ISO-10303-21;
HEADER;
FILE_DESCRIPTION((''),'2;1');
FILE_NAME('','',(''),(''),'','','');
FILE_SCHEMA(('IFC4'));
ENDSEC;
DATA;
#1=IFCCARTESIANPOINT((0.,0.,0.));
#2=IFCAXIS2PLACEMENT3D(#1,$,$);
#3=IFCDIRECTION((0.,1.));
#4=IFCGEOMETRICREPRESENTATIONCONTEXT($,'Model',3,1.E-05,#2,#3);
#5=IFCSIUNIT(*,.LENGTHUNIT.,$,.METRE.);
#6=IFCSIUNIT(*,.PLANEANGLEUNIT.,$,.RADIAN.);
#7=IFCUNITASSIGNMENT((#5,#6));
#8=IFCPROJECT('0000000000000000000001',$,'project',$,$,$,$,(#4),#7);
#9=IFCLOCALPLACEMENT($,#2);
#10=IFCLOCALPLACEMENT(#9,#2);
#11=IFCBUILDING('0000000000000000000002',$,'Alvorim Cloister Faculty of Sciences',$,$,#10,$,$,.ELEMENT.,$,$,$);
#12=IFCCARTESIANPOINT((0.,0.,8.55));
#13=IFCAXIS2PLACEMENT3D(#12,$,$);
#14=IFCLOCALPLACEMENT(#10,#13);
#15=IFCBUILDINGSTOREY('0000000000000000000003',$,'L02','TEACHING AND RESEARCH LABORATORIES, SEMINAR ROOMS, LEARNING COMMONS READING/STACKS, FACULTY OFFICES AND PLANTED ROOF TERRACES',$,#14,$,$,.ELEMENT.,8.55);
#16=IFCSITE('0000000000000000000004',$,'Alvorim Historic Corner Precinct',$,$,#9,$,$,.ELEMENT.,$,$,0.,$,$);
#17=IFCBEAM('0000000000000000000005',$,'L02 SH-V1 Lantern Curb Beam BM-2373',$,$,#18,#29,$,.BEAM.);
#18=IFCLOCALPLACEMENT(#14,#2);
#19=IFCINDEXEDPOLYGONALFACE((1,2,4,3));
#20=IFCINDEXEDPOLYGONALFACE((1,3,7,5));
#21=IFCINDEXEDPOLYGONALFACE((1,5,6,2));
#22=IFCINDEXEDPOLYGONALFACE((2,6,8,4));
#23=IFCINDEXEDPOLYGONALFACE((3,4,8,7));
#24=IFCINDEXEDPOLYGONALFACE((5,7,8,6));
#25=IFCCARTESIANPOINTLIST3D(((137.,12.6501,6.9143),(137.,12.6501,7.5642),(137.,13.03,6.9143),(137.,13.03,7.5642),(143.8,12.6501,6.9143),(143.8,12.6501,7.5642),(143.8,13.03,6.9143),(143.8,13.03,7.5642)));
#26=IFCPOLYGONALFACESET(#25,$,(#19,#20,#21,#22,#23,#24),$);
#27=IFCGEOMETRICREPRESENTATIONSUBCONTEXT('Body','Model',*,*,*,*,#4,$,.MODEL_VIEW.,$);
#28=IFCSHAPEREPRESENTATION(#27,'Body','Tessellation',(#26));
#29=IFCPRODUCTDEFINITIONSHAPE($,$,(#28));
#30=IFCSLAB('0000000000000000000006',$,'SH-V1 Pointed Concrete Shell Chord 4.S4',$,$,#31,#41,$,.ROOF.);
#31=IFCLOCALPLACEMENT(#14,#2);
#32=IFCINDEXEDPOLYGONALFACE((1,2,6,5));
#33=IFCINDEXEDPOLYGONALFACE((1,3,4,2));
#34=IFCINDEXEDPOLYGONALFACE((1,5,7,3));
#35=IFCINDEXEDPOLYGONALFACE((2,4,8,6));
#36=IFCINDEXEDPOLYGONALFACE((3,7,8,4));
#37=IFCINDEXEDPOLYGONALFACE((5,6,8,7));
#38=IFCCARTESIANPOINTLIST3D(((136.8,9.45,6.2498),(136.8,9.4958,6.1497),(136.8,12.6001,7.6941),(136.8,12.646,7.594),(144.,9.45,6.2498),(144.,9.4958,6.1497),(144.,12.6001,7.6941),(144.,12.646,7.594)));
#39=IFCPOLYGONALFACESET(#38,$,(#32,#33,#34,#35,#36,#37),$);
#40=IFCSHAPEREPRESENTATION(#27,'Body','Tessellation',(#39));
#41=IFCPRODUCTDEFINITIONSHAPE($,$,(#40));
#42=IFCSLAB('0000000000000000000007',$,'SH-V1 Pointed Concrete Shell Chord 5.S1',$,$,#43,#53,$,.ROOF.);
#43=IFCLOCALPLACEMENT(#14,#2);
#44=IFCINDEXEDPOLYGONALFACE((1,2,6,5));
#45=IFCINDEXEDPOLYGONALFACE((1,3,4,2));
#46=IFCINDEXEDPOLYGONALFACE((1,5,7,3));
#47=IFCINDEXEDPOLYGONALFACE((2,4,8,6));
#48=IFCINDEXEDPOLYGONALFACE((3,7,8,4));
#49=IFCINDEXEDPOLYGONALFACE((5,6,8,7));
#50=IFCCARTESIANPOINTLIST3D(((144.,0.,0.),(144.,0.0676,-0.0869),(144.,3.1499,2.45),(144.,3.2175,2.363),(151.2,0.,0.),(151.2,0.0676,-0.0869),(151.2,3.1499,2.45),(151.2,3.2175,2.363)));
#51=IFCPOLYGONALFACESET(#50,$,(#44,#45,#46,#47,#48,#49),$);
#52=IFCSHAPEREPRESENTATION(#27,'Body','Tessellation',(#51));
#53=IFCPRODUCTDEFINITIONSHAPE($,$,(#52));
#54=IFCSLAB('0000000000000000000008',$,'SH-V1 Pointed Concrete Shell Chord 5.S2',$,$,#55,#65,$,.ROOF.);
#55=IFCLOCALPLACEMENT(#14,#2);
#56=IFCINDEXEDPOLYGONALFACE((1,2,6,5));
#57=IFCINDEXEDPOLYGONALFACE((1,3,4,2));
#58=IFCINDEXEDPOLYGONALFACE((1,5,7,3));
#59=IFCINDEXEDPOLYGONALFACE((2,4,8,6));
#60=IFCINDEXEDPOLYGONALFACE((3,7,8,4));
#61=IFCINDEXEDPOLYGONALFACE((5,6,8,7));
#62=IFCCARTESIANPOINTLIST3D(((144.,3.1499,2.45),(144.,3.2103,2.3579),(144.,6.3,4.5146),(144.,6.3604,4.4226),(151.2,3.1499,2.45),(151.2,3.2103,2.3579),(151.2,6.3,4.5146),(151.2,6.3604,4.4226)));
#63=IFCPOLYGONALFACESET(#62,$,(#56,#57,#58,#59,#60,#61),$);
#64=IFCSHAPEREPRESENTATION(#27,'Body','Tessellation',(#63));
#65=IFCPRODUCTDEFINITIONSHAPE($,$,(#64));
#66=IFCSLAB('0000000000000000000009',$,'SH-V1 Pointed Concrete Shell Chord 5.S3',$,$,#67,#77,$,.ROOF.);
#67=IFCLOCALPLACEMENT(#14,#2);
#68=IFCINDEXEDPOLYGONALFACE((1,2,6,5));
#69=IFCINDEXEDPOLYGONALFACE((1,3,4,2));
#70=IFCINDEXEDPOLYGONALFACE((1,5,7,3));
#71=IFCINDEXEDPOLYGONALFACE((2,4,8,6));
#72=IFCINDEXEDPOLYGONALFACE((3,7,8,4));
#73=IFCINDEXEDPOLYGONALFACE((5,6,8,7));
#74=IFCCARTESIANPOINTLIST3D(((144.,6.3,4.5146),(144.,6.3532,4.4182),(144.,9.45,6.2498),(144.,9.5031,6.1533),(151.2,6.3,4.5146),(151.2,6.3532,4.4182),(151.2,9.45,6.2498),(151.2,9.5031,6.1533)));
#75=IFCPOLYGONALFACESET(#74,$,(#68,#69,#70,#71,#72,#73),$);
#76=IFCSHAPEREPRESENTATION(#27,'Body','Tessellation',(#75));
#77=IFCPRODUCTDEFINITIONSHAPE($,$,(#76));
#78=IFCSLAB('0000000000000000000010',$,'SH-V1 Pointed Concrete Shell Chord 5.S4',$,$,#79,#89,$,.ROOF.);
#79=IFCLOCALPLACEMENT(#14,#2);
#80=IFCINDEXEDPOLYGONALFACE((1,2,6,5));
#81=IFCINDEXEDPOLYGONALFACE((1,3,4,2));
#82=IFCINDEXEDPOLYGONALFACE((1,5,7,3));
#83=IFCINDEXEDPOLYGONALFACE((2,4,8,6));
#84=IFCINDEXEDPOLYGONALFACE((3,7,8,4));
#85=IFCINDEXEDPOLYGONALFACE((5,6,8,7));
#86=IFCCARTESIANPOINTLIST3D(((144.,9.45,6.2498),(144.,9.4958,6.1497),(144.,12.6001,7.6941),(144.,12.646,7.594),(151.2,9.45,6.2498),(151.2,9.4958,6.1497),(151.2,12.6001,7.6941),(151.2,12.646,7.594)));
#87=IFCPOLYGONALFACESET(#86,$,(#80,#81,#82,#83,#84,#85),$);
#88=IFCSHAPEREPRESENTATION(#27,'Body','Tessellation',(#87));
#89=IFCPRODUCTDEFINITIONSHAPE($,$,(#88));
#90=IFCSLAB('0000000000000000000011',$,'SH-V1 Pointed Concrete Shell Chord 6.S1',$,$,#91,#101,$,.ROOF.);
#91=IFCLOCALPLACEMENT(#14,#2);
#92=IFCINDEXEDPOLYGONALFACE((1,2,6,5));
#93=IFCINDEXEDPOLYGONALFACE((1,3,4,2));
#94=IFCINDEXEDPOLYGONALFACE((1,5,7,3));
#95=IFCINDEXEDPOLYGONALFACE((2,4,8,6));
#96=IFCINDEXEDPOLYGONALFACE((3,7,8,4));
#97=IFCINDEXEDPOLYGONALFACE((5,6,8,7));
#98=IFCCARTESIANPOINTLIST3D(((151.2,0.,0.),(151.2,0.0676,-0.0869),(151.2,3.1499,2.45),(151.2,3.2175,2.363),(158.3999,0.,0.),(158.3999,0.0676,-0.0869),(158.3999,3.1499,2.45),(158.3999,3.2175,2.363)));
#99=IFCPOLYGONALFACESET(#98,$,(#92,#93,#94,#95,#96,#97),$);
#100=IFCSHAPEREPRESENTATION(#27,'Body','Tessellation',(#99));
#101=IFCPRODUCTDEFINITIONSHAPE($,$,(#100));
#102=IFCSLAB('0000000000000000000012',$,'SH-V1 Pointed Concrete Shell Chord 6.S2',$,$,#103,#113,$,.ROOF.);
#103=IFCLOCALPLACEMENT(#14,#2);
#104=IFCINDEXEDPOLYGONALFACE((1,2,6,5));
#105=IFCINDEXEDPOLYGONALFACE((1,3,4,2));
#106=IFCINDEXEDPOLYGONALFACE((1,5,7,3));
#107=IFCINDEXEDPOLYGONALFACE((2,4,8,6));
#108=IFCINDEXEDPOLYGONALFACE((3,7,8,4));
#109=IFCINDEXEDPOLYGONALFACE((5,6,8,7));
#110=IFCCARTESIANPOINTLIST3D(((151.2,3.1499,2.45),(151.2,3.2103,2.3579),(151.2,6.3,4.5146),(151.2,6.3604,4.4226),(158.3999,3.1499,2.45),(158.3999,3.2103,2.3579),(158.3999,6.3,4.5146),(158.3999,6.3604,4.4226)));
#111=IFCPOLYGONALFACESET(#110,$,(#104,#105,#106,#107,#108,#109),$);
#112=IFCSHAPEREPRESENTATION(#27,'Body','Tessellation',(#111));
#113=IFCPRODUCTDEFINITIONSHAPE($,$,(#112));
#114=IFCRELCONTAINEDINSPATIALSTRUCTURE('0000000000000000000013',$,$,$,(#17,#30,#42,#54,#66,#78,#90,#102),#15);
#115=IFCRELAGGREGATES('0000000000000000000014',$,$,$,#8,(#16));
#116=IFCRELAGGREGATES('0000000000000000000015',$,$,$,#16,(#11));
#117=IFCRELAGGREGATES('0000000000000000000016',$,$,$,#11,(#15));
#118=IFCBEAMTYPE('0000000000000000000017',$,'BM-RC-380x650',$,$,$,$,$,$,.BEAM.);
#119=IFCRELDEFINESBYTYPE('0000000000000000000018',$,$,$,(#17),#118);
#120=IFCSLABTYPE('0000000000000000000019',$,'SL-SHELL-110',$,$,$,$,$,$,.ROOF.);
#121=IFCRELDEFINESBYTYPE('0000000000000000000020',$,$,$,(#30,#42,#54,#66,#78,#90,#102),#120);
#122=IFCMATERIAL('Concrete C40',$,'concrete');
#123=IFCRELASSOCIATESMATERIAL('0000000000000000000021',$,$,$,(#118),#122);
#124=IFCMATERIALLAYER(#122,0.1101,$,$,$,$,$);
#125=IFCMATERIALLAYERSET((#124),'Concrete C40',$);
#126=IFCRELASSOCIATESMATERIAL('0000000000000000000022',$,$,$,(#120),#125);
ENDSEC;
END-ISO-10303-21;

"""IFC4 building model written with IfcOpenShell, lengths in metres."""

from ifc_helpers import new_model, si_unit, direction, frame, origin, origin_2d, place, context, subcontext, project, spatial, polyline, rectangle, outline, extrude, material, layer, layer_set, material_profile, profile_set, type_object, element, save


model = new_model("IFC4")

# Units and contexts
model_context = context("Model", 3, precision=1e-05, world=origin(), true_north=direction((0.0, 1.0)))
body_context = subcontext(model_context, "Body", "Model", "MODEL_VIEW")
ifc_project = project(units=[si_unit("LENGTHUNIT", "METRE"), si_unit("PLANEANGLEUNIT", "RADIAN")], contexts=[model_context])

# Site, building, storey
site_placement = place(None, origin())
site = spatial("IfcSite", under=ifc_project, at=site_placement, Name="Alvorim Historic Corner Precinct", CompositionType="ELEMENT", RefElevation=0.0)
building_placement = place(site_placement, origin())
building = spatial("IfcBuilding", under=site, at=building_placement, Name="Alvorim Cloister Faculty of Sciences", CompositionType="ELEMENT")
storey_placement = place(building_placement, frame((0.0, 0.0, 8.55)))
storey = spatial("IfcBuildingStorey", under=building, at=storey_placement, Name="L02", Description="TEACHING AND RESEARCH LABORATORIES, SEMINAR ROOMS, LEARNING COMMONS READING/STACKS, FACULTY OFFICES AND PLANTED ROOF TERRACES", CompositionType="ELEMENT", Elevation=8.55)

# Beam
ifc_material = material(Name="Concrete C40", Category="concrete")
ifc_material_profile_1 = material_profile(ifc_material, rectangle(XDim=0.3799, YDim=0.6499, at=origin_2d()), Name="RC40-BM-380x650")
ifc_profile_set_1 = profile_set([ifc_material_profile_1], Name="Concrete C40")
beam_type_1 = type_object("IfcBeamType", Name="BM-RC-380x650", PredefinedType="BEAM", material=ifc_profile_set_1)
for number, where, z_axis, x_axis, name in (
    (1, (137.0, 12.8401, 7.2393), (1.0, 0.0, 0.0), (0.0, 1.0, 0.0), "L02 SH-V1 Lantern Curb Beam BM-2373"),
):
    element("IfcBeam", number, at=place(storey_placement, frame(where, z_axis=z_axis, x_axis=x_axis)), inside=storey, type_object=beam_type_1, Name=name, PredefinedType="BEAM", context=body_context, shape_type="SweptSolid", body=[
        extrude(rectangle(XDim=0.3799, YDim=0.6499, at=origin_2d()), origin(), (0.0, 0.0, 1.0), 6.8),
    ])

# Slabs
ifc_layer = layer(ifc_material, 0.1101)
ifc_layer_set = layer_set([ifc_layer], Name="Concrete C40")
slab_type = type_object("IfcSlabType", Name="SL-SHELL-110", PredefinedType="ROOF", material=ifc_layer_set)
slab_1_placement = place(storey_placement, frame((136.8, 9.45, 6.2498), z_axis=(0.0, -0.416778, 0.909008), x_axis=(1.0, 0.0, 0.0)))
element("IfcSlab", 2, at=slab_1_placement, inside=storey, type_object=slab_type, Name="SH-V1 Pointed Concrete Shell Chord 4.S4", PredefinedType="ROOF", context=body_context, shape_type="SweptSolid", body=[
    extrude(outline(polyline([(0.0, 0.0), (7.2, 0.0), (7.2, 3.4655), (0.0, 3.4655), (0.0, 0.0)])), origin(), (0.0, 0.0, -1.0), 0.1101),
])
slab_2_placement = place(storey_placement, frame((144.0, 0.0, 0.0), z_axis=(0.0, -0.613945, 0.789349), x_axis=(1.0, 0.0, 0.0)))
element("IfcSlab", 3, at=slab_2_placement, inside=storey, type_object=slab_type, Name="SH-V1 Pointed Concrete Shell Chord 5.S1", PredefinedType="ROOF", context=body_context, shape_type="SweptSolid", body=[
    extrude(outline(polyline([(0.0, 0.0), (7.2, 0.0), (7.2, 3.9905), (0.0, 3.9905), (0.0, 0.0)])), origin(), (0.0, 0.0, -1.0), 0.1101),
])
slab_3_placement = place(storey_placement, frame((144.0, 3.1499, 2.45), z_axis=(0.0, -0.548176, 0.836363), x_axis=(1.0, 0.0, 0.0)))
element("IfcSlab", 4, at=slab_3_placement, inside=storey, type_object=slab_type, Name="SH-V1 Pointed Concrete Shell Chord 5.S2", PredefinedType="ROOF", context=body_context, shape_type="SweptSolid", body=[
    extrude(outline(polyline([(0.0, 0.0), (7.2, 0.0), (7.2, 3.7665), (0.0, 3.7665), (0.0, 0.0)])), origin(), (0.0, 0.0, -1.0), 0.1101),
])
slab_4_placement = place(storey_placement, frame((144.0, 6.3, 4.5146), z_axis=(0.0, -0.482487, 0.875903), x_axis=(1.0, 0.0, 0.0)))
element("IfcSlab", 5, at=slab_4_placement, inside=storey, type_object=slab_type, Name="SH-V1 Pointed Concrete Shell Chord 5.S3", PredefinedType="ROOF", context=body_context, shape_type="SweptSolid", body=[
    extrude(outline(polyline([(0.0, 0.0), (7.2, 0.0), (7.2, 3.5962), (0.0, 3.5962), (0.0, 0.0)])), origin(), (0.0, 0.0, -1.0), 0.1101),
])
slab_5_placement = place(storey_placement, frame((144.0, 9.45, 6.2498), z_axis=(0.0, -0.416778, 0.909008), x_axis=(1.0, 0.0, 0.0)))
element("IfcSlab", 6, at=slab_5_placement, inside=storey, type_object=slab_type, Name="SH-V1 Pointed Concrete Shell Chord 5.S4", PredefinedType="ROOF", context=body_context, shape_type="SweptSolid", body=[
    extrude(outline(polyline([(0.0, 0.0), (7.2, 0.0), (7.2, 3.4655), (0.0, 3.4655), (0.0, 0.0)])), origin(), (0.0, 0.0, -1.0), 0.1101),
])
slab_6_placement = place(storey_placement, frame((151.2, 0.0, 0.0), z_axis=(0.0, -0.613945, 0.789349), x_axis=(1.0, 0.0, 0.0)))
element("IfcSlab", 7, at=slab_6_placement, inside=storey, type_object=slab_type, Name="SH-V1 Pointed Concrete Shell Chord 6.S1", PredefinedType="ROOF", context=body_context, shape_type="SweptSolid", body=[
    extrude(outline(polyline([(0.0, 0.0), (7.2, 0.0), (7.2, 3.9905), (0.0, 3.9905), (0.0, 0.0)])), origin(), (0.0, 0.0, -1.0), 0.1101),
])
slab_7_placement = place(storey_placement, frame((151.2, 3.1499, 2.45), z_axis=(0.0, -0.548176, 0.836363), x_axis=(1.0, 0.0, 0.0)))
element("IfcSlab", 8, at=slab_7_placement, inside=storey, type_object=slab_type, Name="SH-V1 Pointed Concrete Shell Chord 6.S2", PredefinedType="ROOF", context=body_context, shape_type="SweptSolid", body=[
    extrude(outline(polyline([(0.0, 0.0), (7.2, 0.0), (7.2, 3.7665), (0.0, 3.7665), (0.0, 0.0)])), origin(), (0.0, 0.0, -1.0), 0.1101),
])

save(model, "model.ifc")
